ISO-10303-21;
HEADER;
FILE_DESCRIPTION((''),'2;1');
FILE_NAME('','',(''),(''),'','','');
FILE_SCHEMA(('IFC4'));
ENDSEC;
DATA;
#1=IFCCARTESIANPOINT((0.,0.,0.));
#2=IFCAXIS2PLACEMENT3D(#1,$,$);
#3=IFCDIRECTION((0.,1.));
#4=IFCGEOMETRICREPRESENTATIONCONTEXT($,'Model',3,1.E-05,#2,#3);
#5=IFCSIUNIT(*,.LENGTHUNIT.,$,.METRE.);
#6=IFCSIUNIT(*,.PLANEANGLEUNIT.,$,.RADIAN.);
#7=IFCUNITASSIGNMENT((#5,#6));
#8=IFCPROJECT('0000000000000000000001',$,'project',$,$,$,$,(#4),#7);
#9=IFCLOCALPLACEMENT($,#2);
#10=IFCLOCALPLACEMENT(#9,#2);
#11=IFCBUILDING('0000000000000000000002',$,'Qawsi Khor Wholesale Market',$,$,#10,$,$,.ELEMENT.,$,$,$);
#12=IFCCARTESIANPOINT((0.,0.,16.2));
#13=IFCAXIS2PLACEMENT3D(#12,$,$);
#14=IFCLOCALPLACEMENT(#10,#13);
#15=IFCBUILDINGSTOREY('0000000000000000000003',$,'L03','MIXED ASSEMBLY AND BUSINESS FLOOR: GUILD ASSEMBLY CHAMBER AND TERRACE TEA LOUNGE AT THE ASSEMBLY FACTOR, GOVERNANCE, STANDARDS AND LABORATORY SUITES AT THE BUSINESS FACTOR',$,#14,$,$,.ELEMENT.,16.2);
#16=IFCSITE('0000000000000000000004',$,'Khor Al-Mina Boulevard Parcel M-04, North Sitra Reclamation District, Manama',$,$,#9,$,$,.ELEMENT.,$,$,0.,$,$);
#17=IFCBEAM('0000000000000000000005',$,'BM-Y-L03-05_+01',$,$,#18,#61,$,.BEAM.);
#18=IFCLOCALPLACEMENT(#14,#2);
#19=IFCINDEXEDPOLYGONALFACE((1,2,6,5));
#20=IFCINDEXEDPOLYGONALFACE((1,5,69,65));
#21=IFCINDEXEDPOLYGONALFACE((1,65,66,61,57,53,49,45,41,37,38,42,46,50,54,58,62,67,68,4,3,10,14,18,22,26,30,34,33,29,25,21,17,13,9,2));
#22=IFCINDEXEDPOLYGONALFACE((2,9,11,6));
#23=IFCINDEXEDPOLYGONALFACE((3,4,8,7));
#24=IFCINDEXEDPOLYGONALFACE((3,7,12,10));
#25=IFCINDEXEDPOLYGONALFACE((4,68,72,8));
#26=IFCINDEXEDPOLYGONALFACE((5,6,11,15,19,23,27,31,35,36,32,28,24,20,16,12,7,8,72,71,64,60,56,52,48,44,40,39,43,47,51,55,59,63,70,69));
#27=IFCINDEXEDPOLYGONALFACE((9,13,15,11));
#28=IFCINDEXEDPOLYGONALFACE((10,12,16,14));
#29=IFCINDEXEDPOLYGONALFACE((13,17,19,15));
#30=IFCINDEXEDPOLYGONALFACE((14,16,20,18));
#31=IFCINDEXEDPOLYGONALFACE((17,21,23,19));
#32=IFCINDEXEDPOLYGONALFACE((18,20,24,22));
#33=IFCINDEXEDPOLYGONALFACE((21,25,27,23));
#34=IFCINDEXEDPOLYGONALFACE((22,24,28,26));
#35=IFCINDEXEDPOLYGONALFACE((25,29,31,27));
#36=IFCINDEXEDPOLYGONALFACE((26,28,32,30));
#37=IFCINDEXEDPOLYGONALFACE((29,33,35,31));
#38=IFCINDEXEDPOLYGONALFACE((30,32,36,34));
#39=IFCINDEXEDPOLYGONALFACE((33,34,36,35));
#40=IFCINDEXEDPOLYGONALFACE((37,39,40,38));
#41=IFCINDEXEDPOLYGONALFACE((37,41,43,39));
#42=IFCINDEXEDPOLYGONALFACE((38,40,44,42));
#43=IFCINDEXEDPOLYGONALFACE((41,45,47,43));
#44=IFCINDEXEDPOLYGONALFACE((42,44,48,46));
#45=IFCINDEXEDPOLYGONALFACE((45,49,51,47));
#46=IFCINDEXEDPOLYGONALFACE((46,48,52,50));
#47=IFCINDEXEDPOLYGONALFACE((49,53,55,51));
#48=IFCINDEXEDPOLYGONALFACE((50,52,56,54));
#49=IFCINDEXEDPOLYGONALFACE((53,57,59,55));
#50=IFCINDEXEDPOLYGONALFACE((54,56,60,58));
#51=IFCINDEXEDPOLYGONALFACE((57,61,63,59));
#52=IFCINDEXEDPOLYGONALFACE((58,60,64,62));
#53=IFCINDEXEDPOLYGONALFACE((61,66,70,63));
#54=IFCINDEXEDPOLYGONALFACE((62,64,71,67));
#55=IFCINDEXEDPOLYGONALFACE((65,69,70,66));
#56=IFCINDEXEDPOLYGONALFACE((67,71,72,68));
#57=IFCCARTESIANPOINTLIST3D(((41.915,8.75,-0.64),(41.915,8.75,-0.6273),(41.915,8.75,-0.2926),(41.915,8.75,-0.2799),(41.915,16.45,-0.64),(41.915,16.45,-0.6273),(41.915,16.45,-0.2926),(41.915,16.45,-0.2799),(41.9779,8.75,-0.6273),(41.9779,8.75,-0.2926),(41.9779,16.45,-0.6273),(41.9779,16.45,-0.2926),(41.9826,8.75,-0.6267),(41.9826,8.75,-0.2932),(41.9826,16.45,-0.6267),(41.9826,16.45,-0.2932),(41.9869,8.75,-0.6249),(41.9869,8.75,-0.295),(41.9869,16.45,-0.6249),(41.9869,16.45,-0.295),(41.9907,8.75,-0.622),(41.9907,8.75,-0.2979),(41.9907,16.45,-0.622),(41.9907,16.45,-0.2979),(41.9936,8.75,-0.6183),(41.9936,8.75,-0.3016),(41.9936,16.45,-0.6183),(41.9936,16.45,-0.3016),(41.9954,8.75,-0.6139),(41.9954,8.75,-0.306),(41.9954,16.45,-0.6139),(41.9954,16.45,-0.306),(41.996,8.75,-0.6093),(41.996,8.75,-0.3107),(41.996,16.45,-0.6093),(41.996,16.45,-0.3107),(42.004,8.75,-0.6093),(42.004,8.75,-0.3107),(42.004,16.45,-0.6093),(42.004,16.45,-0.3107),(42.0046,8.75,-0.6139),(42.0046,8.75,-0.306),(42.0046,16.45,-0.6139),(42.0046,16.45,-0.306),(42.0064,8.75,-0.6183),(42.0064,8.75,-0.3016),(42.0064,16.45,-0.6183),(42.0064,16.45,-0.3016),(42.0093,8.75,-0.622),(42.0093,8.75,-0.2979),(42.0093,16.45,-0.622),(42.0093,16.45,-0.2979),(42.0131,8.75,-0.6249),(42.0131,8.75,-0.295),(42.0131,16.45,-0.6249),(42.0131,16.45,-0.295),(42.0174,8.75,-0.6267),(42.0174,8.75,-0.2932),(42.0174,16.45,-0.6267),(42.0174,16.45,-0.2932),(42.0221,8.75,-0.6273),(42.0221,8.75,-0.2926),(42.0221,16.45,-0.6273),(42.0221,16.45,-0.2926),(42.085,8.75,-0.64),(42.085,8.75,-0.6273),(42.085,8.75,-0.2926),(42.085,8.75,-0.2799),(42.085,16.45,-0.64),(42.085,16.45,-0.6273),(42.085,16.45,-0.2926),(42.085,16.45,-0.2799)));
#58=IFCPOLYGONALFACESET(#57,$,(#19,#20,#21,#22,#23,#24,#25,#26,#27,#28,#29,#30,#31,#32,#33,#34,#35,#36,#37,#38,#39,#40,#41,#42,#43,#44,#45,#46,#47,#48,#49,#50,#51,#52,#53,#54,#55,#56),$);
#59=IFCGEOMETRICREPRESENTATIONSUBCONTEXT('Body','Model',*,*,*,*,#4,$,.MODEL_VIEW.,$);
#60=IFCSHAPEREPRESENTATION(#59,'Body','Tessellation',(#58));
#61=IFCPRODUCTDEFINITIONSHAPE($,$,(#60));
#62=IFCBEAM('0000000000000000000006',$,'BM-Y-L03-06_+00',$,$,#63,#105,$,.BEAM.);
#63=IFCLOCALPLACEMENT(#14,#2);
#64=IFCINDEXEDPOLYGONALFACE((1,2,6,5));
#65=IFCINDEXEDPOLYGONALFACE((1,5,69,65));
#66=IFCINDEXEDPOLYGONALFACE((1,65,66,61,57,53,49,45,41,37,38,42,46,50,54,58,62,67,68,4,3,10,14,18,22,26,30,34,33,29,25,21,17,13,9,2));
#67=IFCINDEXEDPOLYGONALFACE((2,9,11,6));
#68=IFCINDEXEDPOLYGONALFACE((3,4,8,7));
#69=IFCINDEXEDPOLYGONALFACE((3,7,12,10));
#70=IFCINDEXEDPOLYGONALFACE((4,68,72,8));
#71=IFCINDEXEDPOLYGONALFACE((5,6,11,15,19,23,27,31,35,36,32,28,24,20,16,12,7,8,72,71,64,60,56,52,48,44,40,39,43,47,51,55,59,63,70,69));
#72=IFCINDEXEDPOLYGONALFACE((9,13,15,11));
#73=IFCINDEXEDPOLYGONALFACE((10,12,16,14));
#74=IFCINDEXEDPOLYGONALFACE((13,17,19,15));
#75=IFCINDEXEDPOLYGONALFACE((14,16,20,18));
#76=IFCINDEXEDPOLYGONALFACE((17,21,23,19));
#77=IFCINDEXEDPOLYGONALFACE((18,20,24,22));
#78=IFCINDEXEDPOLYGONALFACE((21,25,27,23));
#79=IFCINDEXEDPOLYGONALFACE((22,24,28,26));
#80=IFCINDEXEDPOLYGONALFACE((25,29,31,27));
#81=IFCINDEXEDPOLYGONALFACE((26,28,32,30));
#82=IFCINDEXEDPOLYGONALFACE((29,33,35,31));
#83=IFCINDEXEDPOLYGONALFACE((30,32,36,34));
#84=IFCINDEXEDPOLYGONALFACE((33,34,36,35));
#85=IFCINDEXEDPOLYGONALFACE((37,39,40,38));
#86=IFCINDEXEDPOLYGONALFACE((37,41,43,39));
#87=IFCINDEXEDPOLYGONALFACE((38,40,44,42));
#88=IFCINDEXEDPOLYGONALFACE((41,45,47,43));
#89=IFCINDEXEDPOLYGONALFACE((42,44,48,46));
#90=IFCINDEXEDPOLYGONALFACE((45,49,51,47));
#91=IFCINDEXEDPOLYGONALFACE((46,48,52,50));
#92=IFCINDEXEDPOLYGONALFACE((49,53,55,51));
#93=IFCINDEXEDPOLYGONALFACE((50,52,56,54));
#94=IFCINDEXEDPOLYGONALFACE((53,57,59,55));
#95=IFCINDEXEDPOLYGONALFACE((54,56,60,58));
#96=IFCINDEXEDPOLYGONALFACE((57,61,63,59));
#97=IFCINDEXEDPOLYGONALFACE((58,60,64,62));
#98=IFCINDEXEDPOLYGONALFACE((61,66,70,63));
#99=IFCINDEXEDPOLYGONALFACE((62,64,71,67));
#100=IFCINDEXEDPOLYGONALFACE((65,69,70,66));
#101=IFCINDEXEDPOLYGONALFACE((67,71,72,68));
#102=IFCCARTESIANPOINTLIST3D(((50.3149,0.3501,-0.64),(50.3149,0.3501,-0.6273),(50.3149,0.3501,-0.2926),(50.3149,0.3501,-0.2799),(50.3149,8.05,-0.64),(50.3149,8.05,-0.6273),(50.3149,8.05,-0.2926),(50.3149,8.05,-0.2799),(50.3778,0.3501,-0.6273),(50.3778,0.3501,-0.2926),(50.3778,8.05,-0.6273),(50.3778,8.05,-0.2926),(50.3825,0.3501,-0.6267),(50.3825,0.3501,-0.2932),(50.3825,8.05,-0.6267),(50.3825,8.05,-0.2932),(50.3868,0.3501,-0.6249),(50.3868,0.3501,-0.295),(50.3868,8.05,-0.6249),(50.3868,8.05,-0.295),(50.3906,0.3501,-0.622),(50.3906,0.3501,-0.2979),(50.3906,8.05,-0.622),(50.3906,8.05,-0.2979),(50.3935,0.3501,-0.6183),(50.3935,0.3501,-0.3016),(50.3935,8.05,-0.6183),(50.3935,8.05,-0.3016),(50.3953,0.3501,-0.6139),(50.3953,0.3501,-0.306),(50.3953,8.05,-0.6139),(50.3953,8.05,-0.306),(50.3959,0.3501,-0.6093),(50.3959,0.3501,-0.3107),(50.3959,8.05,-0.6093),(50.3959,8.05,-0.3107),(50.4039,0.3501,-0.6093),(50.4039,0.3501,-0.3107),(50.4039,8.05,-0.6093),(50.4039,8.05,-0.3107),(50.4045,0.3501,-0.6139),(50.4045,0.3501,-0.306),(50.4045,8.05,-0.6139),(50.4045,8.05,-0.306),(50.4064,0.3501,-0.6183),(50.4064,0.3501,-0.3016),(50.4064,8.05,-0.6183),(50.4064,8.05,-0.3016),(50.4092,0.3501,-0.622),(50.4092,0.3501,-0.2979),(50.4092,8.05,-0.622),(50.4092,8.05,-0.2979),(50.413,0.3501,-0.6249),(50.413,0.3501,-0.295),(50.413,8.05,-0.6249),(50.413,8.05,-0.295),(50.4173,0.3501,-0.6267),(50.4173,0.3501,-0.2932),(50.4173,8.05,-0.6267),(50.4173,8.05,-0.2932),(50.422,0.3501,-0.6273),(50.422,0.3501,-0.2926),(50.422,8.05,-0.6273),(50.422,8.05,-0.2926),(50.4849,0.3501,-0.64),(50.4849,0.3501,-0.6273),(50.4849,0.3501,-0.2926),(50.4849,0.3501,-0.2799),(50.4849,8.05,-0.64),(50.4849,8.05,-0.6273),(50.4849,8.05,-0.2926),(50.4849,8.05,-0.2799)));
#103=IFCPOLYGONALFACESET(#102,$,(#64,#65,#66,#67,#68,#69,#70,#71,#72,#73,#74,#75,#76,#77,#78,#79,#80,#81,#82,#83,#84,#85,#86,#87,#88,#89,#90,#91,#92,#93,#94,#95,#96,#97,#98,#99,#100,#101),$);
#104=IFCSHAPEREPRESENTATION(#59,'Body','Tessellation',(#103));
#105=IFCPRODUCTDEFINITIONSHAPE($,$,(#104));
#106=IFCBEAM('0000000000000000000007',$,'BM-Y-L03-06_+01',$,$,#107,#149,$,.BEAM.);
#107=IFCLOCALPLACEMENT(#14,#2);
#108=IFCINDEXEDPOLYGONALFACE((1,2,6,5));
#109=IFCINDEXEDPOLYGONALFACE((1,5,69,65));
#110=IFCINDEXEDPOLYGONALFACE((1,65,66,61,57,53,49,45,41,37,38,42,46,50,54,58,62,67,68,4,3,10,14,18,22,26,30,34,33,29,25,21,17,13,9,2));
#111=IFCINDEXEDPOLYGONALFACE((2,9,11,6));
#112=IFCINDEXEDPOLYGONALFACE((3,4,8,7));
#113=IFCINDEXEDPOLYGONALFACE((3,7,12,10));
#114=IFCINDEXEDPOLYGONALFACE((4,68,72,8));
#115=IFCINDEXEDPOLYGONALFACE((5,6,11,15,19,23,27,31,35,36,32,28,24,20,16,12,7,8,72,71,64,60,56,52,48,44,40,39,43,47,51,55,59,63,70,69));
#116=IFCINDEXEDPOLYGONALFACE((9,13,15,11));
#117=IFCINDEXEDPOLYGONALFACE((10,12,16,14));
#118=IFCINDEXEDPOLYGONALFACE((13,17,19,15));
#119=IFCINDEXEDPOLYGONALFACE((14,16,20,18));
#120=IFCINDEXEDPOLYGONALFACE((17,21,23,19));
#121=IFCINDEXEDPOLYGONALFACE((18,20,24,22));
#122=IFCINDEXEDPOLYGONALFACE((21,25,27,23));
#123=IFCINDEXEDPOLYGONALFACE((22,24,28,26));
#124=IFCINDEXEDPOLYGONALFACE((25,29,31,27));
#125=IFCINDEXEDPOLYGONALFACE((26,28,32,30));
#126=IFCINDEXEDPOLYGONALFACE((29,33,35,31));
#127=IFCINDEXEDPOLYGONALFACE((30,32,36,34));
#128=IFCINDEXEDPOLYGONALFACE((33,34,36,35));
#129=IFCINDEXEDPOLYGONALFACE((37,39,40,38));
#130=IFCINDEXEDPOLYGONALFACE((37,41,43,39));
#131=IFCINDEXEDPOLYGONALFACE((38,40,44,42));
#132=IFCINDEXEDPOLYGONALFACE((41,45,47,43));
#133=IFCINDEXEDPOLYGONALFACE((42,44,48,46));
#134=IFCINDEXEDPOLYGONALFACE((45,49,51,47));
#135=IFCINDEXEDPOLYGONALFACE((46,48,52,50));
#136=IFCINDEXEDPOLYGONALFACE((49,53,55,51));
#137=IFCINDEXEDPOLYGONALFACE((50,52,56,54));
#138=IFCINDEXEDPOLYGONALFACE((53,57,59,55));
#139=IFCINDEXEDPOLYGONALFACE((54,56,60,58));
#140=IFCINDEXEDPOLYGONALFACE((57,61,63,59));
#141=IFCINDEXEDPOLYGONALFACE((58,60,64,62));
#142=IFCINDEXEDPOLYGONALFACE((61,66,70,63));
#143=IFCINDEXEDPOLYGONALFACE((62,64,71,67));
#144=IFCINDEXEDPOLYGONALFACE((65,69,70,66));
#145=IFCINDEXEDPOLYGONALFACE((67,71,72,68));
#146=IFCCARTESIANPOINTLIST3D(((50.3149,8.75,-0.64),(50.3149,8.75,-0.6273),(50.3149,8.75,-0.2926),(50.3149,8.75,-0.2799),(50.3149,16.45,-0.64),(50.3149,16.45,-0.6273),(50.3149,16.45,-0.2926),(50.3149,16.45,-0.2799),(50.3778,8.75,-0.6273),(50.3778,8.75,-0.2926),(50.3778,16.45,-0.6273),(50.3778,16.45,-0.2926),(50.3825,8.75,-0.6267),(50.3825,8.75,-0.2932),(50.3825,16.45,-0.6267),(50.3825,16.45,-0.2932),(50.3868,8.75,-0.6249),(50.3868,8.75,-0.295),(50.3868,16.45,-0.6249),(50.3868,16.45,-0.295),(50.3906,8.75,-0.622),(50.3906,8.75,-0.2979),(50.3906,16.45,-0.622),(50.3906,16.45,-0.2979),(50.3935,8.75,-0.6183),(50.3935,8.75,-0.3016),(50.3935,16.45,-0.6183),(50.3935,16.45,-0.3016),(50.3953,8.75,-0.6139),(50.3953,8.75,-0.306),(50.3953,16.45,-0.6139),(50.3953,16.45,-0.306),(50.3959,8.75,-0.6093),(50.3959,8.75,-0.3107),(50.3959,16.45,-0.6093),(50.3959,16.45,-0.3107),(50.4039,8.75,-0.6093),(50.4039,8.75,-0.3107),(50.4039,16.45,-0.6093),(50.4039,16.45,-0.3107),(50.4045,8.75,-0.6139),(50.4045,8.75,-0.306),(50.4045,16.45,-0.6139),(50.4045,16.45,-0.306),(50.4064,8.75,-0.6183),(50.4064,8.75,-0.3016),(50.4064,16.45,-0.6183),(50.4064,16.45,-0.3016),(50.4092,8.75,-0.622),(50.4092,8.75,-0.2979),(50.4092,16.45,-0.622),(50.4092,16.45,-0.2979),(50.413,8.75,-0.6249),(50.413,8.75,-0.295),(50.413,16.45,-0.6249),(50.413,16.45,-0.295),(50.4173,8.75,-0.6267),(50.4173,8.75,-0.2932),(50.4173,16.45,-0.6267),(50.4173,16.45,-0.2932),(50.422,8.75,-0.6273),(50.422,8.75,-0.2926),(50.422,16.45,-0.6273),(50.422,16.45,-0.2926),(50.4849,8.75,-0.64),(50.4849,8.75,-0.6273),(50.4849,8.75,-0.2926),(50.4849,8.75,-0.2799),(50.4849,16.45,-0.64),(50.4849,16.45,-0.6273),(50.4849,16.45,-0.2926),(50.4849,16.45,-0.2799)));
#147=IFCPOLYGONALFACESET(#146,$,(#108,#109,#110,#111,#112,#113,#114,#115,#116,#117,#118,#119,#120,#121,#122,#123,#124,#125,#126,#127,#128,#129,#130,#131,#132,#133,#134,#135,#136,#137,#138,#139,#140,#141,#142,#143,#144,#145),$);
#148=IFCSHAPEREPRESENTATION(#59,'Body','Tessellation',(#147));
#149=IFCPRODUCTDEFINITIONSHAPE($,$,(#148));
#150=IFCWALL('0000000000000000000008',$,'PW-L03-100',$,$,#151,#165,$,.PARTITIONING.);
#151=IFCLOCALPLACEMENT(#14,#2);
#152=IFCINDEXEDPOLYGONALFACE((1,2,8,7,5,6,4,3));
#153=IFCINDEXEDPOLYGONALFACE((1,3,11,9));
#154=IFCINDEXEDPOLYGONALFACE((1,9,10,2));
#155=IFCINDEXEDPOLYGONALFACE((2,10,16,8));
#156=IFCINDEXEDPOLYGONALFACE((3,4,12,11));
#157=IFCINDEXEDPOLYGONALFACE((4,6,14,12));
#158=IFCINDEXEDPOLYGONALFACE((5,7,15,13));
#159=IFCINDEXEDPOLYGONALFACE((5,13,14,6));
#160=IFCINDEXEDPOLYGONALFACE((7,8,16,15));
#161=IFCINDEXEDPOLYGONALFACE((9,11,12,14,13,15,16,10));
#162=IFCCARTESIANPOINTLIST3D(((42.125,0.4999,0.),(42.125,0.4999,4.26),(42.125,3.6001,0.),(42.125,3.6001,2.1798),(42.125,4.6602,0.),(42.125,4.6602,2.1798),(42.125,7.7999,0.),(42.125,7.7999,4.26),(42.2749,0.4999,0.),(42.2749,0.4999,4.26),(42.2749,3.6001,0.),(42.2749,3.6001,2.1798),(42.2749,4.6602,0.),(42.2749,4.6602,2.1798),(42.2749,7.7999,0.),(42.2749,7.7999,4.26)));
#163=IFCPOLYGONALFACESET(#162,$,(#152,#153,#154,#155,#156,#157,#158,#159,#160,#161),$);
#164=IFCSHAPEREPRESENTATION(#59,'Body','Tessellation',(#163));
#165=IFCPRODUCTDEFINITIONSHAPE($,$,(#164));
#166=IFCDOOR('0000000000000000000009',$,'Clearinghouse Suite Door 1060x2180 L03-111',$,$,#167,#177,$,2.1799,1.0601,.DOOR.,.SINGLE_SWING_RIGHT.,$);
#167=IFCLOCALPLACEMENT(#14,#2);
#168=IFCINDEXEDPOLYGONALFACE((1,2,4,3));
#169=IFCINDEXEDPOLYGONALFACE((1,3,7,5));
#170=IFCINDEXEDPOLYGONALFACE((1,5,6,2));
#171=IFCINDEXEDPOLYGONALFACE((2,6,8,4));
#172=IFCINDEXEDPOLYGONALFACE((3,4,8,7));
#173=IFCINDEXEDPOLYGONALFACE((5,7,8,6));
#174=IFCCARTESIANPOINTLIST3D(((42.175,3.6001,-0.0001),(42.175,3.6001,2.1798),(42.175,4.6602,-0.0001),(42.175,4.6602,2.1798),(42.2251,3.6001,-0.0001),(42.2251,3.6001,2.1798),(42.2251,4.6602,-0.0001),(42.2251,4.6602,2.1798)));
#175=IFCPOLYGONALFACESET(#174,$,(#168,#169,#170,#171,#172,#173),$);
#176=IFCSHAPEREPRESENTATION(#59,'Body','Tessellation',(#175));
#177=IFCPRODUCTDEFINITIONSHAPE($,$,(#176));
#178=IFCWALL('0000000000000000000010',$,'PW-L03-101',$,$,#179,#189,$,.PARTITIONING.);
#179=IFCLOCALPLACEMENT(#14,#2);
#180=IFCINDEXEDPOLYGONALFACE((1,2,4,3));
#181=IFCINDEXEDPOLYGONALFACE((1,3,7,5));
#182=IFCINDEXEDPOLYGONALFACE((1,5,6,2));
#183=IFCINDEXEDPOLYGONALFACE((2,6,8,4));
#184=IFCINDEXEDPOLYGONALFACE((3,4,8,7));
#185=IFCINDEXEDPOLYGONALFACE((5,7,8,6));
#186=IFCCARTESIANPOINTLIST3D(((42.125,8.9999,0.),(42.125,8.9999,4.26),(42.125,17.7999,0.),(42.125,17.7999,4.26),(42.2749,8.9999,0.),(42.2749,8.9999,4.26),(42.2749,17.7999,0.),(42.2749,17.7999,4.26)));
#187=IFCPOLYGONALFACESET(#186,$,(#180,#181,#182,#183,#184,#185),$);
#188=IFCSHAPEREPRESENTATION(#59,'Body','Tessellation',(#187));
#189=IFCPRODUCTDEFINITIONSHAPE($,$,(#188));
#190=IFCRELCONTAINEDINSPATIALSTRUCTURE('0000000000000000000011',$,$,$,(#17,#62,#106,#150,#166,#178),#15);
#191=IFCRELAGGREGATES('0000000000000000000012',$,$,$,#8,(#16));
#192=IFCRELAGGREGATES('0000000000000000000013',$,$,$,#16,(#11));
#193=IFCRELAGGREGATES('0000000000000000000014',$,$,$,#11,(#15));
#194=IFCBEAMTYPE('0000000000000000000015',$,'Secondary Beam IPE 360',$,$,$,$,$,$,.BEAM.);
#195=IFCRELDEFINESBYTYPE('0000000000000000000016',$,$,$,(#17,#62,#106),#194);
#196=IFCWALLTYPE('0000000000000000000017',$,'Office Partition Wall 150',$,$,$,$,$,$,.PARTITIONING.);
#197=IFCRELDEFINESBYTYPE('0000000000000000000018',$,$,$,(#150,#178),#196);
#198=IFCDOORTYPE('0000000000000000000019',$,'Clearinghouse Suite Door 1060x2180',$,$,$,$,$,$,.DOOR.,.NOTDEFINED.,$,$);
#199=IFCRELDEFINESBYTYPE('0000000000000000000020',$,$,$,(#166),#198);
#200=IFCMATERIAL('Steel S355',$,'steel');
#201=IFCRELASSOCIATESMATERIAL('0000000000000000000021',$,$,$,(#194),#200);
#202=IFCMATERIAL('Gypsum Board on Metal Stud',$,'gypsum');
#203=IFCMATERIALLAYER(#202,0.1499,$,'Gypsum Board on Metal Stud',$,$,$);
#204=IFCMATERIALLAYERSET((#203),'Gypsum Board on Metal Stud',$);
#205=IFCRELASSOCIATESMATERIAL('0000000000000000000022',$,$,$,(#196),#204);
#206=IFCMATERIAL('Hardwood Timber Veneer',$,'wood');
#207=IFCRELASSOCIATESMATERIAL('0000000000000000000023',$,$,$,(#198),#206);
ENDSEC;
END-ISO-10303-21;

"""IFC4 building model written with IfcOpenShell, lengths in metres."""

from ifc_helpers import new_model, si_unit, direction, frame, frame_2d, origin, origin_2d, place, context, subcontext, project, spatial, rectangle, i_section, extrude, material, layer, layer_set, material_profile, profile_set, type_object, element, fill, save


model = new_model("IFC4")

# Units and contexts
model_context = context("Model", 3, precision=1e-05, world=origin(), true_north=direction((0.0, 1.0)))
body_context = subcontext(model_context, "Body", "Model", "MODEL_VIEW")
ifc_project = project(units=[si_unit("LENGTHUNIT", "METRE"), si_unit("PLANEANGLEUNIT", "RADIAN")], contexts=[model_context])

# Site, building, storey
site_placement = place(None, origin())
site = spatial("IfcSite", under=ifc_project, at=site_placement, Name="Khor Al-Mina Boulevard Parcel M-04, North Sitra Reclamation District, Manama", CompositionType="ELEMENT", RefElevation=0.0)
building_placement = place(site_placement, origin())
building = spatial("IfcBuilding", under=site, at=building_placement, Name="Qawsi Khor Wholesale Market", CompositionType="ELEMENT")
storey_placement = place(building_placement, frame((0.0, 0.0, 16.2)))
storey = spatial("IfcBuildingStorey", under=building, at=storey_placement, Name="L03", Description="MIXED ASSEMBLY AND BUSINESS FLOOR: GUILD ASSEMBLY CHAMBER AND TERRACE TEA LOUNGE AT THE ASSEMBLY FACTOR, GOVERNANCE, STANDARDS AND LABORATORY SUITES AT THE BUSINESS FACTOR", CompositionType="ELEMENT", Elevation=16.2)

# Beams
ifc_material_1 = material(Name="Steel S355", Category="steel")
ifc_material_profile_1 = material_profile(ifc_material_1, i_section(OverallWidth=0.1699, OverallDepth=0.3601, WebThickness=0.0081, FlangeThickness=0.0127, FilletRadius=0.0181, at=origin_2d()), Name="IPE 360")
ifc_profile_set_1 = profile_set([ifc_material_profile_1], Name="Steel S355")
beam_type_1 = type_object("IfcBeamType", Name="Secondary Beam IPE 360", PredefinedType="BEAM", material=ifc_profile_set_1)
for number, where, z_axis, x_axis, name in (
    (1, (42.0, 8.75, -0.46), (0.0, 1.0, 0.0), (-1.0, 0.0, 0.0), "BM-Y-L03-05_+01"),
    (2, (50.3999, 0.3501, -0.46), (0.0, 1.0, 0.0), (-1.0, 0.0, 0.0), "BM-Y-L03-06_+00"),
    (3, (50.3999, 8.75, -0.46), (0.0, 1.0, 0.0), (-1.0, 0.0, 0.0), "BM-Y-L03-06_+01"),
):
    element("IfcBeam", number, at=place(storey_placement, frame(where, z_axis=z_axis, x_axis=x_axis)), inside=storey, type_object=beam_type_1, Name=name, PredefinedType="BEAM", context=body_context, shape_type="SweptSolid", body=[
        extrude(i_section(OverallWidth=0.1699, OverallDepth=0.3601, WebThickness=0.0081, FlangeThickness=0.0127, FilletRadius=0.0181, at=origin_2d()), origin(), (0.0, 0.0, 1.0), 7.7),
    ])

# Wall, opening, door
ifc_material_2 = material(Name="Gypsum Board on Metal Stud", Category="gypsum")
ifc_layer = layer(ifc_material_2, 0.1499, Name="Gypsum Board on Metal Stud")
ifc_layer_set = layer_set([ifc_layer], Name="Gypsum Board on Metal Stud")
wall_type = type_object("IfcWallType", Name="Office Partition Wall 150", PredefinedType="PARTITIONING", material=ifc_layer_set)
wall_1_placement = place(storey_placement, frame((42.2, 0.5, 0.0), z_axis=(0.0, 0.0, 1.0), x_axis=(0.0, 1.0, 0.0)))
wall_1 = element("IfcWall", 4, at=wall_1_placement, inside=storey, type_object=wall_type, Name="PW-L03-100", PredefinedType="PARTITIONING", context=body_context, shape_type="SweptSolid", body=[
    extrude(rectangle(XDim=7.3, YDim=0.1499, at=frame_2d((3.6499, 0.0))), origin(), (0.0, 0.0, 1.0), 4.26),
])
opening_placement = place(wall_1_placement, frame((3.1001, 0.0, 0.0)))
opening = element("IfcOpeningElement", 5, at=opening_placement, cuts=wall_1, PredefinedType="OPENING", context=body_context, shape_type="SweptSolid", body=[
    extrude(rectangle(XDim=1.0601, YDim=2.1799, at=frame_2d((0.53, 1.0898))), frame((0.0, 0.085, 0.0), z_axis=(0.0, -1.0, 0.0), x_axis=(1.0, 0.0, 0.0)), (0.0, 0.0, 1.0), 0.1699),
])
ifc_material_3 = material(Name="Hardwood Timber Veneer", Category="wood")
door_type = type_object("IfcDoorType", Name="Clearinghouse Suite Door 1060x2180", OperationType="NOTDEFINED", PredefinedType="DOOR", material=ifc_material_3)
door_placement = place(opening_placement, origin())
door = element("IfcDoor", 6, at=door_placement, inside=storey, type_object=door_type, Name="Clearinghouse Suite Door 1060x2180 L03-111", OperationType="SINGLE_SWING_RIGHT", OverallHeight=2.1799, OverallWidth=1.0601, PredefinedType="DOOR", context=body_context, shape_type="SweptSolid", body=[
    extrude(rectangle(XDim=1.0601, YDim=2.1799, at=frame_2d((0.53, 1.0898))), frame((0.0, 0.0249, 0.0), z_axis=(0.0, -1.0, 0.0), x_axis=(1.0, 0.0, 0.0)), (0.0, 0.0, 1.0), 0.05),
])
fill(opening, door)

# Wall
wall_2_placement = place(storey_placement, frame((42.2, 9.0, 0.0), z_axis=(0.0, 0.0, 1.0), x_axis=(0.0, 1.0, 0.0)))
element("IfcWall", 7, at=wall_2_placement, inside=storey, type_object=wall_type, Name="PW-L03-101", PredefinedType="PARTITIONING", context=body_context, shape_type="SweptSolid", body=[
    extrude(rectangle(XDim=8.8, YDim=0.1499, at=frame_2d((4.3999, 0.0))), origin(), (0.0, 0.0, 1.0), 4.26),
])

save(model, "model.ifc")
